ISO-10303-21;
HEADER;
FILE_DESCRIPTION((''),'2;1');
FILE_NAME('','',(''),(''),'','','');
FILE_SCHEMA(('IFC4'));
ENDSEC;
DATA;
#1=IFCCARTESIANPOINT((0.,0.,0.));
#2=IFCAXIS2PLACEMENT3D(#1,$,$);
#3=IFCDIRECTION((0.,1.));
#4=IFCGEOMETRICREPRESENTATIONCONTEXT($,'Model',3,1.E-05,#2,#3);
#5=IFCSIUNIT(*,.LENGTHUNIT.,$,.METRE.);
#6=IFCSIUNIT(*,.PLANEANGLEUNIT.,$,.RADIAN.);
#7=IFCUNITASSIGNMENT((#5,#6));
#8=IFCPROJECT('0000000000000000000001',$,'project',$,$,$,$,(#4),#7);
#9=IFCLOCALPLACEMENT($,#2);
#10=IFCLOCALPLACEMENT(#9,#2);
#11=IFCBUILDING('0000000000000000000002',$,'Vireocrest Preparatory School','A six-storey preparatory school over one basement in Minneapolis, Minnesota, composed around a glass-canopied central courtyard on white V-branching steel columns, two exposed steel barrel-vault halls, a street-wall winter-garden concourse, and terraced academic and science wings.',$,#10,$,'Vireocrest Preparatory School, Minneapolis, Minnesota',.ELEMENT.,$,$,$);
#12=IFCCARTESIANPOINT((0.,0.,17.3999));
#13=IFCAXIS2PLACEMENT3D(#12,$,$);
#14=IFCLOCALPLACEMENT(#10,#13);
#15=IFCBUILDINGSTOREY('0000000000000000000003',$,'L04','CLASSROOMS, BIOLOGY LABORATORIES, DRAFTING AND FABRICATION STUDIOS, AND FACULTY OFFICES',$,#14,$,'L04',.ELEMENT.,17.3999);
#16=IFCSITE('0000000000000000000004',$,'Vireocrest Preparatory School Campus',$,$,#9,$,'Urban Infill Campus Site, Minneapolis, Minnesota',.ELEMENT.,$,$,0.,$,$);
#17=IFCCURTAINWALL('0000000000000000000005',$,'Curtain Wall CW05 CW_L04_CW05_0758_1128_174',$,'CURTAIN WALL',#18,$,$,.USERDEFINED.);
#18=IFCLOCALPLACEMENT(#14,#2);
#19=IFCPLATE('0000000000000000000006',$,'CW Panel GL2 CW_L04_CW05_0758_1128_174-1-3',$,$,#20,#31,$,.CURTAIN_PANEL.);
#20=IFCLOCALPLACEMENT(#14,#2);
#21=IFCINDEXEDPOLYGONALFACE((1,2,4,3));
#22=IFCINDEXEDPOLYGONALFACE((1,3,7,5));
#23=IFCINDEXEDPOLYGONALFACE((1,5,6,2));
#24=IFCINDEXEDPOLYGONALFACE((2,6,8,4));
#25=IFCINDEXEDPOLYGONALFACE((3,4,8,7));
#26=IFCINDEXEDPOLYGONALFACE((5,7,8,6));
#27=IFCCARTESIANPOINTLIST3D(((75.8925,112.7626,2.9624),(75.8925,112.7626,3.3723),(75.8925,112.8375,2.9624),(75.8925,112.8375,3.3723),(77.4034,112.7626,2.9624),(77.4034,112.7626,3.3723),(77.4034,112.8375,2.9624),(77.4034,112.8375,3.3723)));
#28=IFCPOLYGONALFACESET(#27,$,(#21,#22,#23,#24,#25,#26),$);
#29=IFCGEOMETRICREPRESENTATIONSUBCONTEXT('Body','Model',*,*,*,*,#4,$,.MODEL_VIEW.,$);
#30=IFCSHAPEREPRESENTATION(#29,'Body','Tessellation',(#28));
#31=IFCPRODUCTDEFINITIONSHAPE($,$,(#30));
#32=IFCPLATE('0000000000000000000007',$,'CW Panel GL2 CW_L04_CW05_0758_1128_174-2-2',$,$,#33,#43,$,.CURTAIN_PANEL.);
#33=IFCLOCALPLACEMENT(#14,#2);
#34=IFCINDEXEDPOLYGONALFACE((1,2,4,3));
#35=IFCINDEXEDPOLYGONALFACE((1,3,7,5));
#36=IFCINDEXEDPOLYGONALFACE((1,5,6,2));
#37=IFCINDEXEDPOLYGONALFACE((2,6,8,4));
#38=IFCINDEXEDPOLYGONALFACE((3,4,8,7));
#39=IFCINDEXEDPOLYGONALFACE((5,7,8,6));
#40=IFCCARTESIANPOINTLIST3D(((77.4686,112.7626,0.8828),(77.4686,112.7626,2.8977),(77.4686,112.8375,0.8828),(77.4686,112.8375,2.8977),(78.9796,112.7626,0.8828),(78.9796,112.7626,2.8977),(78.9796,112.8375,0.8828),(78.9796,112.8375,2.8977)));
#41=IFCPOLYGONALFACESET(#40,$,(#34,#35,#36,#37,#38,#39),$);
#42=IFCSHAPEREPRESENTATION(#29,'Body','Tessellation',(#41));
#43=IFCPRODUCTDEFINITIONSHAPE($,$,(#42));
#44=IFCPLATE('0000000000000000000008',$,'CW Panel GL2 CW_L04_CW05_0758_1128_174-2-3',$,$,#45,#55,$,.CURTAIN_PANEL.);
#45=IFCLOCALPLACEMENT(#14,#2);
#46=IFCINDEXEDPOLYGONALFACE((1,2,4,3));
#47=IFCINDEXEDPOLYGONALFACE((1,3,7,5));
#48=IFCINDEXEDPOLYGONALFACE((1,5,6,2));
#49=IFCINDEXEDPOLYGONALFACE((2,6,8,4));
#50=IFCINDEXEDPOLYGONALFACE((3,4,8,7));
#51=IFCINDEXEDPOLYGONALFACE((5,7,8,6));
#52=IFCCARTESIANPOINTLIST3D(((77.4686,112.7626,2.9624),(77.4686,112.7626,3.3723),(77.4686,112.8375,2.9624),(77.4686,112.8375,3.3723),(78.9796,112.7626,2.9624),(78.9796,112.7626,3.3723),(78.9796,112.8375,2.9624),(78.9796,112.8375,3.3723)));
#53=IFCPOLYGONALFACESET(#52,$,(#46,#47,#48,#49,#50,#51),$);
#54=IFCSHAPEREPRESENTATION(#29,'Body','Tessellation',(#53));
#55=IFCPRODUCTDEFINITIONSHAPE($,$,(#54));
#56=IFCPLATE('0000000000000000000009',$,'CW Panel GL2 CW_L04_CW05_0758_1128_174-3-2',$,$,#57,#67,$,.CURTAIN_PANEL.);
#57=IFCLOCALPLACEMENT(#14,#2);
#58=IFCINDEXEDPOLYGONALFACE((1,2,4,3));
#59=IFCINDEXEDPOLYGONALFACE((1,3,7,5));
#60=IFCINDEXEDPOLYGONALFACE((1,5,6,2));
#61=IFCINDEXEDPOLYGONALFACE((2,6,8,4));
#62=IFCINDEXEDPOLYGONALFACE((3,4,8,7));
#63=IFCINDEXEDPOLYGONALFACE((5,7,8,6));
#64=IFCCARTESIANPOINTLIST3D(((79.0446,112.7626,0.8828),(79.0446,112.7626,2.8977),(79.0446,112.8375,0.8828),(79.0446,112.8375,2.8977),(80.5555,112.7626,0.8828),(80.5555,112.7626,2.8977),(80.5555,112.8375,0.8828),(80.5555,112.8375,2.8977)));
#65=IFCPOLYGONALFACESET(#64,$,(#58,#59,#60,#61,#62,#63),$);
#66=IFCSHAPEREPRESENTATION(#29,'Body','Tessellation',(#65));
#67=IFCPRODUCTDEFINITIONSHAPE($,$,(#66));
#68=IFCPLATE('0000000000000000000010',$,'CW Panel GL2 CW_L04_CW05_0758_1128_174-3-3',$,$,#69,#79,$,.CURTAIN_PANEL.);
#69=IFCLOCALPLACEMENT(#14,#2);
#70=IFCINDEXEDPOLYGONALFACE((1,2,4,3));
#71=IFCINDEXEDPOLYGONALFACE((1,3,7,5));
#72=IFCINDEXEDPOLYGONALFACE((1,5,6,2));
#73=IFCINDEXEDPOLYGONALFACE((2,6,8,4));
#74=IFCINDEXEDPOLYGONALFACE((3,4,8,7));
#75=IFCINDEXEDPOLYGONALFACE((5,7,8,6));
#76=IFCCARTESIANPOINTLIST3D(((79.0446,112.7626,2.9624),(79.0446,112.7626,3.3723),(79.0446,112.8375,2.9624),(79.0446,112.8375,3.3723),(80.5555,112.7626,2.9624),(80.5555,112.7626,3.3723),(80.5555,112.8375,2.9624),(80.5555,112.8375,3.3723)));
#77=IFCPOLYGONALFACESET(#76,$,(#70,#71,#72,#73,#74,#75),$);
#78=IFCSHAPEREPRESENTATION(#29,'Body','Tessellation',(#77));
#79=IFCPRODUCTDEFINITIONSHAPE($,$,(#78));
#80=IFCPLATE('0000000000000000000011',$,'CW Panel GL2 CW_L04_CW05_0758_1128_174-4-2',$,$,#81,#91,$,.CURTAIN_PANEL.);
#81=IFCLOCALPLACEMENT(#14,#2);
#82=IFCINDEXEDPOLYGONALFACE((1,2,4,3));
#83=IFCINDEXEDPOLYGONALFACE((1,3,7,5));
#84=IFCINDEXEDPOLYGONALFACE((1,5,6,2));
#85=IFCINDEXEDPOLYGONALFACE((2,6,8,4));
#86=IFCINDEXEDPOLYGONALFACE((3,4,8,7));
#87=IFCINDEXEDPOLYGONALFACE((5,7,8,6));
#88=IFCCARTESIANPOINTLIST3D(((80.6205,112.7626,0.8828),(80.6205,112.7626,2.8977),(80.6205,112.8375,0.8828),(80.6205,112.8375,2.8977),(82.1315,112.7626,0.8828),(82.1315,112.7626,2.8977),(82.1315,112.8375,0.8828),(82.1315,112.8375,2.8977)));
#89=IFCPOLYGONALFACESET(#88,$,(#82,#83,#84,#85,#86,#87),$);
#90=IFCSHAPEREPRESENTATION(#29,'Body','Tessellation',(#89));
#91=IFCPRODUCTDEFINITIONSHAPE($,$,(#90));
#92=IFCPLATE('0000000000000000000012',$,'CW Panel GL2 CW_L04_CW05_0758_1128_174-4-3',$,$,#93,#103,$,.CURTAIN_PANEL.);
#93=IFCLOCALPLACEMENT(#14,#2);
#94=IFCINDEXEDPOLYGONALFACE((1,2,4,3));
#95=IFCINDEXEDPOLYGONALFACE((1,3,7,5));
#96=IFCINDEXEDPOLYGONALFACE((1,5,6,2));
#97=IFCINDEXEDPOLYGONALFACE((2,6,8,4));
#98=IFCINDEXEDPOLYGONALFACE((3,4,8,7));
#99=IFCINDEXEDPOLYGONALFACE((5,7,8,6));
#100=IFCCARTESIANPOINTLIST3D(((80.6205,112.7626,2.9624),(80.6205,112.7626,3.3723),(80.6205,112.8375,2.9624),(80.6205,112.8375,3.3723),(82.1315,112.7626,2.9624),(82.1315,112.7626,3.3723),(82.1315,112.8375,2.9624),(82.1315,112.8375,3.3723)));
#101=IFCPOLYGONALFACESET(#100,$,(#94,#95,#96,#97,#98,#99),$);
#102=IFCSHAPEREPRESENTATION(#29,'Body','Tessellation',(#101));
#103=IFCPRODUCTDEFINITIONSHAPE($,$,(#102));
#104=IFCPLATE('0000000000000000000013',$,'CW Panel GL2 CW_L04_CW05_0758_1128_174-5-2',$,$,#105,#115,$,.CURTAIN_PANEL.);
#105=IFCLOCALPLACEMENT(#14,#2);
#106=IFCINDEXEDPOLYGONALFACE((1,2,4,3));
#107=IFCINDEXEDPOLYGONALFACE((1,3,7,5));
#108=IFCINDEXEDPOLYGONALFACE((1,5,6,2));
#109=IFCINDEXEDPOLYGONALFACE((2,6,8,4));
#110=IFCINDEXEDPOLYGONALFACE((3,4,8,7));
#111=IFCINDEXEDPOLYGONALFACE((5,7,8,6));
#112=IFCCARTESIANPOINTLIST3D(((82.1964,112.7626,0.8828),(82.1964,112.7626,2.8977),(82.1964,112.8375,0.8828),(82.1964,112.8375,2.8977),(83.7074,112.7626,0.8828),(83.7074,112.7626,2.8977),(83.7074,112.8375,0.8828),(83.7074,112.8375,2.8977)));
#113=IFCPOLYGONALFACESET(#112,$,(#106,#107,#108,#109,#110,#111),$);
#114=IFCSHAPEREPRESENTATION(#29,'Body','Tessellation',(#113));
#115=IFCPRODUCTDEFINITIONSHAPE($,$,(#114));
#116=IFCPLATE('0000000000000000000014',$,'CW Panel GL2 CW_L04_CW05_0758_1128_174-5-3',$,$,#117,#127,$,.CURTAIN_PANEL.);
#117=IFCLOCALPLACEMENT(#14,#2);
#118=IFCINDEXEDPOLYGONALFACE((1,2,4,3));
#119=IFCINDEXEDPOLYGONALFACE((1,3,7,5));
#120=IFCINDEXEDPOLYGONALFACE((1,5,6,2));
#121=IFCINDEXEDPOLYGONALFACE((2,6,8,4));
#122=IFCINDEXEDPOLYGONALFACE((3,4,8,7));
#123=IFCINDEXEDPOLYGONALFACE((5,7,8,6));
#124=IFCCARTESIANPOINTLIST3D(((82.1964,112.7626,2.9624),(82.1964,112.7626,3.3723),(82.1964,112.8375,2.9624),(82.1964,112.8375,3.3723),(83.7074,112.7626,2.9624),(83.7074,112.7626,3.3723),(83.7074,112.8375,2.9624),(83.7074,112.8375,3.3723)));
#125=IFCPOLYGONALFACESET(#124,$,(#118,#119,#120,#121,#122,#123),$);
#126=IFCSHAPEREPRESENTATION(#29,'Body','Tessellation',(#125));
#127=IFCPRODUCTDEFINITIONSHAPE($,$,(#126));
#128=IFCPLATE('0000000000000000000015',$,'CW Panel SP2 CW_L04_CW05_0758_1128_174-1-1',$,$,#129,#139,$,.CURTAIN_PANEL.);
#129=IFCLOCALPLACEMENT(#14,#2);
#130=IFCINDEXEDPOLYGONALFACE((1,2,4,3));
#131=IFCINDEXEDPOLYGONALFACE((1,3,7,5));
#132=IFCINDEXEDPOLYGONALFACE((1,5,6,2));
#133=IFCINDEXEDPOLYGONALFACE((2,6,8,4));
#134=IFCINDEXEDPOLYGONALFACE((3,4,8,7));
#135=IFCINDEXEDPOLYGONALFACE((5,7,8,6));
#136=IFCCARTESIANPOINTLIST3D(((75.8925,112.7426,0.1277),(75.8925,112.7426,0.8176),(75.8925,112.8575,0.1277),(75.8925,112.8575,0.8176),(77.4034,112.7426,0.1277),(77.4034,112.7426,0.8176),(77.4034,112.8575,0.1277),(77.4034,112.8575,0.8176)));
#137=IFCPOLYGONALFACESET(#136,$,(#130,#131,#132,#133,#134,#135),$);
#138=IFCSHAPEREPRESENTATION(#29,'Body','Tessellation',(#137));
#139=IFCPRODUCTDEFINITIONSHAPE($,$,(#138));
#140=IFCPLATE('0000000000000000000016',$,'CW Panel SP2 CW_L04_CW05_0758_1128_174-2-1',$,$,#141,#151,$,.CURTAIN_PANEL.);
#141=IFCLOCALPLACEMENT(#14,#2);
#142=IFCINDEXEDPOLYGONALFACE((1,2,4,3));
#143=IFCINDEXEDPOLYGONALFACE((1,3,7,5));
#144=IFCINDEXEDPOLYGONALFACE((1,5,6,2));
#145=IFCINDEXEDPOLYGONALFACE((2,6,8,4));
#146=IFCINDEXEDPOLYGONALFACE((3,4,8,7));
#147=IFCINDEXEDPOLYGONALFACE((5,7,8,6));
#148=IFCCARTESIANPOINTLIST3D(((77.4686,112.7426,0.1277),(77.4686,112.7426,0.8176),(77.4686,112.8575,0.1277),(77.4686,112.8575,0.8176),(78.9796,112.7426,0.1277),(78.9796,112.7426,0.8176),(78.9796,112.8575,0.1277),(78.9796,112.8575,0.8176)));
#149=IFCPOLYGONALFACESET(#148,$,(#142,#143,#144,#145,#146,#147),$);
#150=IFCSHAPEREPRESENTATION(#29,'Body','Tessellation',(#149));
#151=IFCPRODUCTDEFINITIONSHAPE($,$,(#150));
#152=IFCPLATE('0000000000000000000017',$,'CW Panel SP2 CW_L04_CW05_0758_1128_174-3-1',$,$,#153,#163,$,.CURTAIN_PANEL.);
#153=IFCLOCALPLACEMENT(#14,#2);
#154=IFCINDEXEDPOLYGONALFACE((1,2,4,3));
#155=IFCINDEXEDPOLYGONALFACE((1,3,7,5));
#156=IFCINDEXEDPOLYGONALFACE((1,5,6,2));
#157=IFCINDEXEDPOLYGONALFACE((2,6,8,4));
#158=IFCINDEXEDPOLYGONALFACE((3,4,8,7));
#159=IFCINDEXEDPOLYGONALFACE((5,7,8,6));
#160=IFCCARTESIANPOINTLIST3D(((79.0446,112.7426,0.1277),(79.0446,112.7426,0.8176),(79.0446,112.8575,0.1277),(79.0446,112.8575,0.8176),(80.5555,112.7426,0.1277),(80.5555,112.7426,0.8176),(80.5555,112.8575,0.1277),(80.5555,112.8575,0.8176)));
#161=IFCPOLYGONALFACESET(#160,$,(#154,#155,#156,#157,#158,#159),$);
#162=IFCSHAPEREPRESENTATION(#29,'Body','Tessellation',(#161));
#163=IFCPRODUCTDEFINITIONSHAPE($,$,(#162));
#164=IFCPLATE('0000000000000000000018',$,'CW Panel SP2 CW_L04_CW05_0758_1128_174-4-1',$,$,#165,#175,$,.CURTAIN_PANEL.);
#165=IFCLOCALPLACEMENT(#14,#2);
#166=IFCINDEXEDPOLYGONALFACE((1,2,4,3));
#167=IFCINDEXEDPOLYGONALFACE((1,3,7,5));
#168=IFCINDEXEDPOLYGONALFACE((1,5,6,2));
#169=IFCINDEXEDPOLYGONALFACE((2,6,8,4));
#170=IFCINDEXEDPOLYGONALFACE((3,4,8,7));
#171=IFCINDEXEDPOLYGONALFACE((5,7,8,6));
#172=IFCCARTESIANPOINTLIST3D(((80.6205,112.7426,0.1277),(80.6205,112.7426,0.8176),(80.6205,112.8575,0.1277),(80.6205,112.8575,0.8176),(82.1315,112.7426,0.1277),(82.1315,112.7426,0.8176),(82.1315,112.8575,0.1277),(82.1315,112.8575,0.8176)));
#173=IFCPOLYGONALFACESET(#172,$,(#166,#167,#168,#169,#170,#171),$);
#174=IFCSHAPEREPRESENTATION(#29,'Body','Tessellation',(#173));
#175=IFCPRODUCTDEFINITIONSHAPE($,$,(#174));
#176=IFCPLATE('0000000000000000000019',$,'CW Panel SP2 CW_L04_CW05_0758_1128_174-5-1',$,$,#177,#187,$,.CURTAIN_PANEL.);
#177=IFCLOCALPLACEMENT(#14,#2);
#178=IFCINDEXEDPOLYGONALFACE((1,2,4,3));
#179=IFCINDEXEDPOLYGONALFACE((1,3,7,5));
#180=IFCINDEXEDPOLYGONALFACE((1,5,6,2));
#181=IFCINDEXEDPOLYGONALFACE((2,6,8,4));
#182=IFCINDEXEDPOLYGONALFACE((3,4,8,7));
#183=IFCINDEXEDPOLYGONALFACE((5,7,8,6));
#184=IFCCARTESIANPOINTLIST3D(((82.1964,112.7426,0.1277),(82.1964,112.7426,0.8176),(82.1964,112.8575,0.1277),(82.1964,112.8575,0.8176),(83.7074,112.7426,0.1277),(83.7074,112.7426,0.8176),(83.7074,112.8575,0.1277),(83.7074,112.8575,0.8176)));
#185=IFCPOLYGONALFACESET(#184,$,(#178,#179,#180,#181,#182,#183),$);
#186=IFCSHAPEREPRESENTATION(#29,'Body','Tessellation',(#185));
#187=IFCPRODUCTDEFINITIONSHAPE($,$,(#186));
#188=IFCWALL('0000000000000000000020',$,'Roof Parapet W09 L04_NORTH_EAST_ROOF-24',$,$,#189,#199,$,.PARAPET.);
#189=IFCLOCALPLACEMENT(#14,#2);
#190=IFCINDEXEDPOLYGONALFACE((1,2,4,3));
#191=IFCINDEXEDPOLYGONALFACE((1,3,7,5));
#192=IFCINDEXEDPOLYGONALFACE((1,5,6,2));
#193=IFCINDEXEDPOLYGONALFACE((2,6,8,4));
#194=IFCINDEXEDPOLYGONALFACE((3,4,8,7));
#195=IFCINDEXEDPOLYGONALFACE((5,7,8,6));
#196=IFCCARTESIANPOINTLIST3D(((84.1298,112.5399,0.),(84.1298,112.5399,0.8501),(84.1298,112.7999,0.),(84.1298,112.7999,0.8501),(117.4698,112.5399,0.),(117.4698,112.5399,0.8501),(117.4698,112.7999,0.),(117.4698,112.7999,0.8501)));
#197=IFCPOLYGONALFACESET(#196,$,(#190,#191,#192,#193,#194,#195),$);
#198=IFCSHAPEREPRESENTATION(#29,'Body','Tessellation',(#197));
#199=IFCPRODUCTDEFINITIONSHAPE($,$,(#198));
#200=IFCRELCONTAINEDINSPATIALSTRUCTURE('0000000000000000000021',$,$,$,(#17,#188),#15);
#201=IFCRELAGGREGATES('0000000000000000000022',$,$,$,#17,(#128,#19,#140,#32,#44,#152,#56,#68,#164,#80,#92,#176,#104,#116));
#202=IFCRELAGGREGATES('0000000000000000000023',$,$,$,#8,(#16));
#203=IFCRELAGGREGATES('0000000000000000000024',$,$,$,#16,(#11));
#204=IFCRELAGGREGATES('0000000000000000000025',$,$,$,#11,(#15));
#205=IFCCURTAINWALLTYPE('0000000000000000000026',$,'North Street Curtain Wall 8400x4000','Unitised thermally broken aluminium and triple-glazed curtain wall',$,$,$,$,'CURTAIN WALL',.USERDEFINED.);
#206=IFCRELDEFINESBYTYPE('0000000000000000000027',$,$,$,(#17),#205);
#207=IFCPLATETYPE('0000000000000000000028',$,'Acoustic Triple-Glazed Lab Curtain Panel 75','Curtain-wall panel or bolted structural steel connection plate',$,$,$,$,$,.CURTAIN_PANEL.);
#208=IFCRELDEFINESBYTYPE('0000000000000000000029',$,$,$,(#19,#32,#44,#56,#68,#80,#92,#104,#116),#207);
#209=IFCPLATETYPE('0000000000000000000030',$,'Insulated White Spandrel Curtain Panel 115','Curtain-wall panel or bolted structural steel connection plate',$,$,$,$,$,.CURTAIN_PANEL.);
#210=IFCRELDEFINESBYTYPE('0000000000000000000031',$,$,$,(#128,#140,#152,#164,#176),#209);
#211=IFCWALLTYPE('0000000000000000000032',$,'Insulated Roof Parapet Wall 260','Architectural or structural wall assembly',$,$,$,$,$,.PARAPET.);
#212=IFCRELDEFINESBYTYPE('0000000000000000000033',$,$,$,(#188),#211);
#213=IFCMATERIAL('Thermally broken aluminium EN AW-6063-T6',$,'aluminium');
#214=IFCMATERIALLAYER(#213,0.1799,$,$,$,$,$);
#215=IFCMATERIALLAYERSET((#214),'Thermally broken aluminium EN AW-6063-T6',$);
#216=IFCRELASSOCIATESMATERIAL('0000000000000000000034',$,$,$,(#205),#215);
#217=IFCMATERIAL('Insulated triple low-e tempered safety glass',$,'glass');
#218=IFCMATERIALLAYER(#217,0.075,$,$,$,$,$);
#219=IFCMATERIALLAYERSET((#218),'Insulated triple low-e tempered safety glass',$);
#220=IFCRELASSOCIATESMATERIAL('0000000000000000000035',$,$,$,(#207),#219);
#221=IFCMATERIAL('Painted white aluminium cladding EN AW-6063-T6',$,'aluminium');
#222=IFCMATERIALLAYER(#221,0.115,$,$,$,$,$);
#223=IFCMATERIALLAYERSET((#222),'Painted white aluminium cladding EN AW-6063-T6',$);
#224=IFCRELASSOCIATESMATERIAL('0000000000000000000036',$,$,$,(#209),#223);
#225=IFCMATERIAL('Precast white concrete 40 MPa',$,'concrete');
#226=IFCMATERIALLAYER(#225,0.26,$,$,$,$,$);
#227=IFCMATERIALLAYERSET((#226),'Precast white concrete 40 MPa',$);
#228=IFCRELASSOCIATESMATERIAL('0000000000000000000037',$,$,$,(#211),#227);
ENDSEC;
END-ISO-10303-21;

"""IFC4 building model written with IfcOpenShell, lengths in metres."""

from ifc_helpers import new_model, si_unit, direction, frame, frame_2d, origin, origin_2d, place, context, subcontext, project, spatial, rectangle, extrude, material, layer, layer_set, type_object, element, aggregate, save


model = new_model("IFC4")

# Units and contexts
model_context = context("Model", 3, precision=1e-05, world=origin(), true_north=direction((0.0, 1.0)))
body_context = subcontext(model_context, "Body", "Model", "MODEL_VIEW")
ifc_project = project(units=[si_unit("LENGTHUNIT", "METRE"), si_unit("PLANEANGLEUNIT", "RADIAN")], contexts=[model_context])

# Site, building, storey
site_placement = place(None, origin())
site = spatial("IfcSite", under=ifc_project, at=site_placement, Name="Vireocrest Preparatory School Campus", LongName="Urban Infill Campus Site, Minneapolis, Minnesota", CompositionType="ELEMENT", RefElevation=0.0)
building_placement = place(site_placement, origin())
building = spatial("IfcBuilding", under=site, at=building_placement, Name="Vireocrest Preparatory School", Description="A six-storey preparatory school over one basement in Minneapolis, Minnesota, composed around a glass-canopied central courtyard on white V-branching steel columns, two exposed steel barrel-vault halls, a street-wall winter-garden concourse, and terraced academic and science wings.", LongName="Vireocrest Preparatory School, Minneapolis, Minnesota", CompositionType="ELEMENT")
storey_placement = place(building_placement, frame((0.0, 0.0, 17.3999)))
storey = spatial("IfcBuildingStorey", under=building, at=storey_placement, Name="L04", Description="CLASSROOMS, BIOLOGY LABORATORIES, DRAFTING AND FABRICATION STUDIOS, AND FACULTY OFFICES", LongName="L04", CompositionType="ELEMENT", Elevation=17.3999)

# Curtain wall
ifc_material_1 = material(Name="Thermally broken aluminium EN AW-6063-T6", Category="aluminium")
ifc_layer_1 = layer(ifc_material_1, 0.1799)
ifc_layer_set_1 = layer_set([ifc_layer_1], Name="Thermally broken aluminium EN AW-6063-T6")
curtain_wall_type = type_object("IfcCurtainWallType", Name="North Street Curtain Wall 8400x4000", Description="Unitised thermally broken aluminium and triple-glazed curtain wall", ElementType="CURTAIN WALL", PredefinedType="USERDEFINED", material=ifc_layer_set_1)
curtain_wall_placement = place(storey_placement, origin())
curtain_wall = element("IfcCurtainWall", 1, at=curtain_wall_placement, inside=storey, type_object=curtain_wall_type, Name="Curtain Wall CW05 CW_L04_CW05_0758_1128_174", ObjectType="CURTAIN WALL", PredefinedType="USERDEFINED")

# Plates
ifc_material_2 = material(Name="Insulated triple low-e tempered safety glass", Category="glass")
ifc_layer_2 = layer(ifc_material_2, 0.075)
ifc_layer_set_2 = layer_set([ifc_layer_2], Name="Insulated triple low-e tempered safety glass")
plate_type_1 = type_object("IfcPlateType", Name="Acoustic Triple-Glazed Lab Curtain Panel 75", Description="Curtain-wall panel or bolted structural steel connection plate", PredefinedType="CURTAIN_PANEL", material=ifc_layer_set_2)
plate_1_placement = place(storey_placement, frame((76.6479, 112.8, 2.9624), z_axis=(0.0, 0.0, 1.0), x_axis=(1.0, 0.0, 0.0)))
plate_1 = element("IfcPlate", 2, at=plate_1_placement, type_object=plate_type_1, Name="CW Panel GL2 CW_L04_CW05_0758_1128_174-1-3", PredefinedType="CURTAIN_PANEL", context=body_context, shape_type="SweptSolid", body=[
    extrude(rectangle(XDim=1.511, YDim=0.075, at=origin_2d()), origin(), (0.0, 0.0, 1.0), 0.4099),
])
plate_2_placement = place(storey_placement, frame((78.2241, 112.8, 0.8828), z_axis=(0.0, 0.0, 1.0), x_axis=(1.0, 0.0, 0.0)))
plate_2 = element("IfcPlate", 3, at=plate_2_placement, type_object=plate_type_1, Name="CW Panel GL2 CW_L04_CW05_0758_1128_174-2-2", PredefinedType="CURTAIN_PANEL", context=body_context, shape_type="SweptSolid", body=[
    extrude(rectangle(XDim=1.511, YDim=0.075, at=origin_2d()), origin(), (0.0, 0.0, 1.0), 2.0149),
])
plate_3_placement = place(storey_placement, frame((78.2241, 112.8, 2.9624), z_axis=(0.0, 0.0, 1.0), x_axis=(1.0, 0.0, 0.0)))
plate_3 = element("IfcPlate", 4, at=plate_3_placement, type_object=plate_type_1, Name="CW Panel GL2 CW_L04_CW05_0758_1128_174-2-3", PredefinedType="CURTAIN_PANEL", context=body_context, shape_type="SweptSolid", body=[
    extrude(rectangle(XDim=1.511, YDim=0.075, at=origin_2d()), origin(), (0.0, 0.0, 1.0), 0.4099),
])
plate_4_placement = place(storey_placement, frame((79.8, 112.8, 0.8828), z_axis=(0.0, 0.0, 1.0), x_axis=(1.0, 0.0, 0.0)))
plate_4 = element("IfcPlate", 5, at=plate_4_placement, type_object=plate_type_1, Name="CW Panel GL2 CW_L04_CW05_0758_1128_174-3-2", PredefinedType="CURTAIN_PANEL", context=body_context, shape_type="SweptSolid", body=[
    extrude(rectangle(XDim=1.511, YDim=0.075, at=origin_2d()), origin(), (0.0, 0.0, 1.0), 2.0149),
])
plate_5_placement = place(storey_placement, frame((79.8, 112.8, 2.9624), z_axis=(0.0, 0.0, 1.0), x_axis=(1.0, 0.0, 0.0)))
plate_5 = element("IfcPlate", 6, at=plate_5_placement, type_object=plate_type_1, Name="CW Panel GL2 CW_L04_CW05_0758_1128_174-3-3", PredefinedType="CURTAIN_PANEL", context=body_context, shape_type="SweptSolid", body=[
    extrude(rectangle(XDim=1.511, YDim=0.075, at=origin_2d()), origin(), (0.0, 0.0, 1.0), 0.4099),
])
plate_6_placement = place(storey_placement, frame((81.376, 112.8, 0.8828), z_axis=(0.0, 0.0, 1.0), x_axis=(1.0, 0.0, 0.0)))
plate_6 = element("IfcPlate", 7, at=plate_6_placement, type_object=plate_type_1, Name="CW Panel GL2 CW_L04_CW05_0758_1128_174-4-2", PredefinedType="CURTAIN_PANEL", context=body_context, shape_type="SweptSolid", body=[
    extrude(rectangle(XDim=1.511, YDim=0.075, at=origin_2d()), origin(), (0.0, 0.0, 1.0), 2.0149),
])
plate_7_placement = place(storey_placement, frame((81.376, 112.8, 2.9624), z_axis=(0.0, 0.0, 1.0), x_axis=(1.0, 0.0, 0.0)))
plate_7 = element("IfcPlate", 8, at=plate_7_placement, type_object=plate_type_1, Name="CW Panel GL2 CW_L04_CW05_0758_1128_174-4-3", PredefinedType="CURTAIN_PANEL", context=body_context, shape_type="SweptSolid", body=[
    extrude(rectangle(XDim=1.511, YDim=0.075, at=origin_2d()), origin(), (0.0, 0.0, 1.0), 0.4099),
])
plate_8_placement = place(storey_placement, frame((82.9519, 112.8, 0.8828), z_axis=(0.0, 0.0, 1.0), x_axis=(1.0, 0.0, 0.0)))
plate_8 = element("IfcPlate", 9, at=plate_8_placement, type_object=plate_type_1, Name="CW Panel GL2 CW_L04_CW05_0758_1128_174-5-2", PredefinedType="CURTAIN_PANEL", context=body_context, shape_type="SweptSolid", body=[
    extrude(rectangle(XDim=1.511, YDim=0.075, at=origin_2d()), origin(), (0.0, 0.0, 1.0), 2.0149),
])
plate_9_placement = place(storey_placement, frame((82.9519, 112.8, 2.9624), z_axis=(0.0, 0.0, 1.0), x_axis=(1.0, 0.0, 0.0)))
plate_9 = element("IfcPlate", 10, at=plate_9_placement, type_object=plate_type_1, Name="CW Panel GL2 CW_L04_CW05_0758_1128_174-5-3", PredefinedType="CURTAIN_PANEL", context=body_context, shape_type="SweptSolid", body=[
    extrude(rectangle(XDim=1.511, YDim=0.075, at=origin_2d()), origin(), (0.0, 0.0, 1.0), 0.4099),
])
ifc_material_3 = material(Name="Painted white aluminium cladding EN AW-6063-T6", Category="aluminium")
ifc_layer_3 = layer(ifc_material_3, 0.115)
ifc_layer_set_3 = layer_set([ifc_layer_3], Name="Painted white aluminium cladding EN AW-6063-T6")
plate_type_2 = type_object("IfcPlateType", Name="Insulated White Spandrel Curtain Panel 115", Description="Curtain-wall panel or bolted structural steel connection plate", PredefinedType="CURTAIN_PANEL", material=ifc_layer_set_3)
plate_10_placement = place(storey_placement, frame((76.6479, 112.8, 0.1277), z_axis=(0.0, 0.0, 1.0), x_axis=(1.0, 0.0, 0.0)))
plate_10 = element("IfcPlate", 11, at=plate_10_placement, type_object=plate_type_2, Name="CW Panel SP2 CW_L04_CW05_0758_1128_174-1-1", PredefinedType="CURTAIN_PANEL", context=body_context, shape_type="SweptSolid", body=[
    extrude(rectangle(XDim=1.511, YDim=0.115, at=origin_2d()), origin(), (0.0, 0.0, 1.0), 0.6899),
])
plate_11_placement = place(storey_placement, frame((78.2241, 112.8, 0.1277), z_axis=(0.0, 0.0, 1.0), x_axis=(1.0, 0.0, 0.0)))
plate_11 = element("IfcPlate", 12, at=plate_11_placement, type_object=plate_type_2, Name="CW Panel SP2 CW_L04_CW05_0758_1128_174-2-1", PredefinedType="CURTAIN_PANEL", context=body_context, shape_type="SweptSolid", body=[
    extrude(rectangle(XDim=1.511, YDim=0.115, at=origin_2d()), origin(), (0.0, 0.0, 1.0), 0.6899),
])
plate_12_placement = place(storey_placement, frame((79.8, 112.8, 0.1277), z_axis=(0.0, 0.0, 1.0), x_axis=(1.0, 0.0, 0.0)))
plate_12 = element("IfcPlate", 13, at=plate_12_placement, type_object=plate_type_2, Name="CW Panel SP2 CW_L04_CW05_0758_1128_174-3-1", PredefinedType="CURTAIN_PANEL", context=body_context, shape_type="SweptSolid", body=[
    extrude(rectangle(XDim=1.511, YDim=0.115, at=origin_2d()), origin(), (0.0, 0.0, 1.0), 0.6899),
])
plate_13_placement = place(storey_placement, frame((81.376, 112.8, 0.1277), z_axis=(0.0, 0.0, 1.0), x_axis=(1.0, 0.0, 0.0)))
plate_13 = element("IfcPlate", 14, at=plate_13_placement, type_object=plate_type_2, Name="CW Panel SP2 CW_L04_CW05_0758_1128_174-4-1", PredefinedType="CURTAIN_PANEL", context=body_context, shape_type="SweptSolid", body=[
    extrude(rectangle(XDim=1.511, YDim=0.115, at=origin_2d()), origin(), (0.0, 0.0, 1.0), 0.6899),
])
plate_14_placement = place(storey_placement, frame((82.9519, 112.8, 0.1277), z_axis=(0.0, 0.0, 1.0), x_axis=(1.0, 0.0, 0.0)))
plate_14 = element("IfcPlate", 15, at=plate_14_placement, type_object=plate_type_2, Name="CW Panel SP2 CW_L04_CW05_0758_1128_174-5-1", PredefinedType="CURTAIN_PANEL", context=body_context, shape_type="SweptSolid", body=[
    extrude(rectangle(XDim=1.511, YDim=0.115, at=origin_2d()), origin(), (0.0, 0.0, 1.0), 0.6899),
])
aggregate(curtain_wall, [plate_10, plate_1, plate_11, plate_2, plate_3, plate_12, plate_4, plate_5, plate_13, plate_6, plate_7, plate_14, plate_8, plate_9])

# Wall
ifc_material_4 = material(Name="Precast white concrete 40 MPa", Category="concrete")
ifc_layer_4 = layer(ifc_material_4, 0.26)
ifc_layer_set_4 = layer_set([ifc_layer_4], Name="Precast white concrete 40 MPa")
wall_type = type_object("IfcWallType", Name="Insulated Roof Parapet Wall 260", Description="Architectural or structural wall assembly", PredefinedType="PARAPET", material=ifc_layer_set_4)
wall_placement = place(storey_placement, frame((84.1299, 112.6699, 0.0), z_axis=(0.0, 0.0, 1.0), x_axis=(1.0, 0.0, 0.0)))
element("IfcWall", 16, at=wall_placement, inside=storey, type_object=wall_type, Name="Roof Parapet W09 L04_NORTH_EAST_ROOF-24", PredefinedType="PARAPET", context=body_context, shape_type="SweptSolid", body=[
    extrude(rectangle(XDim=33.3401, YDim=0.26, at=frame_2d((16.6699, 0.0))), origin(), (0.0, 0.0, 1.0), 0.8501),
])

save(model, "model.ifc")
